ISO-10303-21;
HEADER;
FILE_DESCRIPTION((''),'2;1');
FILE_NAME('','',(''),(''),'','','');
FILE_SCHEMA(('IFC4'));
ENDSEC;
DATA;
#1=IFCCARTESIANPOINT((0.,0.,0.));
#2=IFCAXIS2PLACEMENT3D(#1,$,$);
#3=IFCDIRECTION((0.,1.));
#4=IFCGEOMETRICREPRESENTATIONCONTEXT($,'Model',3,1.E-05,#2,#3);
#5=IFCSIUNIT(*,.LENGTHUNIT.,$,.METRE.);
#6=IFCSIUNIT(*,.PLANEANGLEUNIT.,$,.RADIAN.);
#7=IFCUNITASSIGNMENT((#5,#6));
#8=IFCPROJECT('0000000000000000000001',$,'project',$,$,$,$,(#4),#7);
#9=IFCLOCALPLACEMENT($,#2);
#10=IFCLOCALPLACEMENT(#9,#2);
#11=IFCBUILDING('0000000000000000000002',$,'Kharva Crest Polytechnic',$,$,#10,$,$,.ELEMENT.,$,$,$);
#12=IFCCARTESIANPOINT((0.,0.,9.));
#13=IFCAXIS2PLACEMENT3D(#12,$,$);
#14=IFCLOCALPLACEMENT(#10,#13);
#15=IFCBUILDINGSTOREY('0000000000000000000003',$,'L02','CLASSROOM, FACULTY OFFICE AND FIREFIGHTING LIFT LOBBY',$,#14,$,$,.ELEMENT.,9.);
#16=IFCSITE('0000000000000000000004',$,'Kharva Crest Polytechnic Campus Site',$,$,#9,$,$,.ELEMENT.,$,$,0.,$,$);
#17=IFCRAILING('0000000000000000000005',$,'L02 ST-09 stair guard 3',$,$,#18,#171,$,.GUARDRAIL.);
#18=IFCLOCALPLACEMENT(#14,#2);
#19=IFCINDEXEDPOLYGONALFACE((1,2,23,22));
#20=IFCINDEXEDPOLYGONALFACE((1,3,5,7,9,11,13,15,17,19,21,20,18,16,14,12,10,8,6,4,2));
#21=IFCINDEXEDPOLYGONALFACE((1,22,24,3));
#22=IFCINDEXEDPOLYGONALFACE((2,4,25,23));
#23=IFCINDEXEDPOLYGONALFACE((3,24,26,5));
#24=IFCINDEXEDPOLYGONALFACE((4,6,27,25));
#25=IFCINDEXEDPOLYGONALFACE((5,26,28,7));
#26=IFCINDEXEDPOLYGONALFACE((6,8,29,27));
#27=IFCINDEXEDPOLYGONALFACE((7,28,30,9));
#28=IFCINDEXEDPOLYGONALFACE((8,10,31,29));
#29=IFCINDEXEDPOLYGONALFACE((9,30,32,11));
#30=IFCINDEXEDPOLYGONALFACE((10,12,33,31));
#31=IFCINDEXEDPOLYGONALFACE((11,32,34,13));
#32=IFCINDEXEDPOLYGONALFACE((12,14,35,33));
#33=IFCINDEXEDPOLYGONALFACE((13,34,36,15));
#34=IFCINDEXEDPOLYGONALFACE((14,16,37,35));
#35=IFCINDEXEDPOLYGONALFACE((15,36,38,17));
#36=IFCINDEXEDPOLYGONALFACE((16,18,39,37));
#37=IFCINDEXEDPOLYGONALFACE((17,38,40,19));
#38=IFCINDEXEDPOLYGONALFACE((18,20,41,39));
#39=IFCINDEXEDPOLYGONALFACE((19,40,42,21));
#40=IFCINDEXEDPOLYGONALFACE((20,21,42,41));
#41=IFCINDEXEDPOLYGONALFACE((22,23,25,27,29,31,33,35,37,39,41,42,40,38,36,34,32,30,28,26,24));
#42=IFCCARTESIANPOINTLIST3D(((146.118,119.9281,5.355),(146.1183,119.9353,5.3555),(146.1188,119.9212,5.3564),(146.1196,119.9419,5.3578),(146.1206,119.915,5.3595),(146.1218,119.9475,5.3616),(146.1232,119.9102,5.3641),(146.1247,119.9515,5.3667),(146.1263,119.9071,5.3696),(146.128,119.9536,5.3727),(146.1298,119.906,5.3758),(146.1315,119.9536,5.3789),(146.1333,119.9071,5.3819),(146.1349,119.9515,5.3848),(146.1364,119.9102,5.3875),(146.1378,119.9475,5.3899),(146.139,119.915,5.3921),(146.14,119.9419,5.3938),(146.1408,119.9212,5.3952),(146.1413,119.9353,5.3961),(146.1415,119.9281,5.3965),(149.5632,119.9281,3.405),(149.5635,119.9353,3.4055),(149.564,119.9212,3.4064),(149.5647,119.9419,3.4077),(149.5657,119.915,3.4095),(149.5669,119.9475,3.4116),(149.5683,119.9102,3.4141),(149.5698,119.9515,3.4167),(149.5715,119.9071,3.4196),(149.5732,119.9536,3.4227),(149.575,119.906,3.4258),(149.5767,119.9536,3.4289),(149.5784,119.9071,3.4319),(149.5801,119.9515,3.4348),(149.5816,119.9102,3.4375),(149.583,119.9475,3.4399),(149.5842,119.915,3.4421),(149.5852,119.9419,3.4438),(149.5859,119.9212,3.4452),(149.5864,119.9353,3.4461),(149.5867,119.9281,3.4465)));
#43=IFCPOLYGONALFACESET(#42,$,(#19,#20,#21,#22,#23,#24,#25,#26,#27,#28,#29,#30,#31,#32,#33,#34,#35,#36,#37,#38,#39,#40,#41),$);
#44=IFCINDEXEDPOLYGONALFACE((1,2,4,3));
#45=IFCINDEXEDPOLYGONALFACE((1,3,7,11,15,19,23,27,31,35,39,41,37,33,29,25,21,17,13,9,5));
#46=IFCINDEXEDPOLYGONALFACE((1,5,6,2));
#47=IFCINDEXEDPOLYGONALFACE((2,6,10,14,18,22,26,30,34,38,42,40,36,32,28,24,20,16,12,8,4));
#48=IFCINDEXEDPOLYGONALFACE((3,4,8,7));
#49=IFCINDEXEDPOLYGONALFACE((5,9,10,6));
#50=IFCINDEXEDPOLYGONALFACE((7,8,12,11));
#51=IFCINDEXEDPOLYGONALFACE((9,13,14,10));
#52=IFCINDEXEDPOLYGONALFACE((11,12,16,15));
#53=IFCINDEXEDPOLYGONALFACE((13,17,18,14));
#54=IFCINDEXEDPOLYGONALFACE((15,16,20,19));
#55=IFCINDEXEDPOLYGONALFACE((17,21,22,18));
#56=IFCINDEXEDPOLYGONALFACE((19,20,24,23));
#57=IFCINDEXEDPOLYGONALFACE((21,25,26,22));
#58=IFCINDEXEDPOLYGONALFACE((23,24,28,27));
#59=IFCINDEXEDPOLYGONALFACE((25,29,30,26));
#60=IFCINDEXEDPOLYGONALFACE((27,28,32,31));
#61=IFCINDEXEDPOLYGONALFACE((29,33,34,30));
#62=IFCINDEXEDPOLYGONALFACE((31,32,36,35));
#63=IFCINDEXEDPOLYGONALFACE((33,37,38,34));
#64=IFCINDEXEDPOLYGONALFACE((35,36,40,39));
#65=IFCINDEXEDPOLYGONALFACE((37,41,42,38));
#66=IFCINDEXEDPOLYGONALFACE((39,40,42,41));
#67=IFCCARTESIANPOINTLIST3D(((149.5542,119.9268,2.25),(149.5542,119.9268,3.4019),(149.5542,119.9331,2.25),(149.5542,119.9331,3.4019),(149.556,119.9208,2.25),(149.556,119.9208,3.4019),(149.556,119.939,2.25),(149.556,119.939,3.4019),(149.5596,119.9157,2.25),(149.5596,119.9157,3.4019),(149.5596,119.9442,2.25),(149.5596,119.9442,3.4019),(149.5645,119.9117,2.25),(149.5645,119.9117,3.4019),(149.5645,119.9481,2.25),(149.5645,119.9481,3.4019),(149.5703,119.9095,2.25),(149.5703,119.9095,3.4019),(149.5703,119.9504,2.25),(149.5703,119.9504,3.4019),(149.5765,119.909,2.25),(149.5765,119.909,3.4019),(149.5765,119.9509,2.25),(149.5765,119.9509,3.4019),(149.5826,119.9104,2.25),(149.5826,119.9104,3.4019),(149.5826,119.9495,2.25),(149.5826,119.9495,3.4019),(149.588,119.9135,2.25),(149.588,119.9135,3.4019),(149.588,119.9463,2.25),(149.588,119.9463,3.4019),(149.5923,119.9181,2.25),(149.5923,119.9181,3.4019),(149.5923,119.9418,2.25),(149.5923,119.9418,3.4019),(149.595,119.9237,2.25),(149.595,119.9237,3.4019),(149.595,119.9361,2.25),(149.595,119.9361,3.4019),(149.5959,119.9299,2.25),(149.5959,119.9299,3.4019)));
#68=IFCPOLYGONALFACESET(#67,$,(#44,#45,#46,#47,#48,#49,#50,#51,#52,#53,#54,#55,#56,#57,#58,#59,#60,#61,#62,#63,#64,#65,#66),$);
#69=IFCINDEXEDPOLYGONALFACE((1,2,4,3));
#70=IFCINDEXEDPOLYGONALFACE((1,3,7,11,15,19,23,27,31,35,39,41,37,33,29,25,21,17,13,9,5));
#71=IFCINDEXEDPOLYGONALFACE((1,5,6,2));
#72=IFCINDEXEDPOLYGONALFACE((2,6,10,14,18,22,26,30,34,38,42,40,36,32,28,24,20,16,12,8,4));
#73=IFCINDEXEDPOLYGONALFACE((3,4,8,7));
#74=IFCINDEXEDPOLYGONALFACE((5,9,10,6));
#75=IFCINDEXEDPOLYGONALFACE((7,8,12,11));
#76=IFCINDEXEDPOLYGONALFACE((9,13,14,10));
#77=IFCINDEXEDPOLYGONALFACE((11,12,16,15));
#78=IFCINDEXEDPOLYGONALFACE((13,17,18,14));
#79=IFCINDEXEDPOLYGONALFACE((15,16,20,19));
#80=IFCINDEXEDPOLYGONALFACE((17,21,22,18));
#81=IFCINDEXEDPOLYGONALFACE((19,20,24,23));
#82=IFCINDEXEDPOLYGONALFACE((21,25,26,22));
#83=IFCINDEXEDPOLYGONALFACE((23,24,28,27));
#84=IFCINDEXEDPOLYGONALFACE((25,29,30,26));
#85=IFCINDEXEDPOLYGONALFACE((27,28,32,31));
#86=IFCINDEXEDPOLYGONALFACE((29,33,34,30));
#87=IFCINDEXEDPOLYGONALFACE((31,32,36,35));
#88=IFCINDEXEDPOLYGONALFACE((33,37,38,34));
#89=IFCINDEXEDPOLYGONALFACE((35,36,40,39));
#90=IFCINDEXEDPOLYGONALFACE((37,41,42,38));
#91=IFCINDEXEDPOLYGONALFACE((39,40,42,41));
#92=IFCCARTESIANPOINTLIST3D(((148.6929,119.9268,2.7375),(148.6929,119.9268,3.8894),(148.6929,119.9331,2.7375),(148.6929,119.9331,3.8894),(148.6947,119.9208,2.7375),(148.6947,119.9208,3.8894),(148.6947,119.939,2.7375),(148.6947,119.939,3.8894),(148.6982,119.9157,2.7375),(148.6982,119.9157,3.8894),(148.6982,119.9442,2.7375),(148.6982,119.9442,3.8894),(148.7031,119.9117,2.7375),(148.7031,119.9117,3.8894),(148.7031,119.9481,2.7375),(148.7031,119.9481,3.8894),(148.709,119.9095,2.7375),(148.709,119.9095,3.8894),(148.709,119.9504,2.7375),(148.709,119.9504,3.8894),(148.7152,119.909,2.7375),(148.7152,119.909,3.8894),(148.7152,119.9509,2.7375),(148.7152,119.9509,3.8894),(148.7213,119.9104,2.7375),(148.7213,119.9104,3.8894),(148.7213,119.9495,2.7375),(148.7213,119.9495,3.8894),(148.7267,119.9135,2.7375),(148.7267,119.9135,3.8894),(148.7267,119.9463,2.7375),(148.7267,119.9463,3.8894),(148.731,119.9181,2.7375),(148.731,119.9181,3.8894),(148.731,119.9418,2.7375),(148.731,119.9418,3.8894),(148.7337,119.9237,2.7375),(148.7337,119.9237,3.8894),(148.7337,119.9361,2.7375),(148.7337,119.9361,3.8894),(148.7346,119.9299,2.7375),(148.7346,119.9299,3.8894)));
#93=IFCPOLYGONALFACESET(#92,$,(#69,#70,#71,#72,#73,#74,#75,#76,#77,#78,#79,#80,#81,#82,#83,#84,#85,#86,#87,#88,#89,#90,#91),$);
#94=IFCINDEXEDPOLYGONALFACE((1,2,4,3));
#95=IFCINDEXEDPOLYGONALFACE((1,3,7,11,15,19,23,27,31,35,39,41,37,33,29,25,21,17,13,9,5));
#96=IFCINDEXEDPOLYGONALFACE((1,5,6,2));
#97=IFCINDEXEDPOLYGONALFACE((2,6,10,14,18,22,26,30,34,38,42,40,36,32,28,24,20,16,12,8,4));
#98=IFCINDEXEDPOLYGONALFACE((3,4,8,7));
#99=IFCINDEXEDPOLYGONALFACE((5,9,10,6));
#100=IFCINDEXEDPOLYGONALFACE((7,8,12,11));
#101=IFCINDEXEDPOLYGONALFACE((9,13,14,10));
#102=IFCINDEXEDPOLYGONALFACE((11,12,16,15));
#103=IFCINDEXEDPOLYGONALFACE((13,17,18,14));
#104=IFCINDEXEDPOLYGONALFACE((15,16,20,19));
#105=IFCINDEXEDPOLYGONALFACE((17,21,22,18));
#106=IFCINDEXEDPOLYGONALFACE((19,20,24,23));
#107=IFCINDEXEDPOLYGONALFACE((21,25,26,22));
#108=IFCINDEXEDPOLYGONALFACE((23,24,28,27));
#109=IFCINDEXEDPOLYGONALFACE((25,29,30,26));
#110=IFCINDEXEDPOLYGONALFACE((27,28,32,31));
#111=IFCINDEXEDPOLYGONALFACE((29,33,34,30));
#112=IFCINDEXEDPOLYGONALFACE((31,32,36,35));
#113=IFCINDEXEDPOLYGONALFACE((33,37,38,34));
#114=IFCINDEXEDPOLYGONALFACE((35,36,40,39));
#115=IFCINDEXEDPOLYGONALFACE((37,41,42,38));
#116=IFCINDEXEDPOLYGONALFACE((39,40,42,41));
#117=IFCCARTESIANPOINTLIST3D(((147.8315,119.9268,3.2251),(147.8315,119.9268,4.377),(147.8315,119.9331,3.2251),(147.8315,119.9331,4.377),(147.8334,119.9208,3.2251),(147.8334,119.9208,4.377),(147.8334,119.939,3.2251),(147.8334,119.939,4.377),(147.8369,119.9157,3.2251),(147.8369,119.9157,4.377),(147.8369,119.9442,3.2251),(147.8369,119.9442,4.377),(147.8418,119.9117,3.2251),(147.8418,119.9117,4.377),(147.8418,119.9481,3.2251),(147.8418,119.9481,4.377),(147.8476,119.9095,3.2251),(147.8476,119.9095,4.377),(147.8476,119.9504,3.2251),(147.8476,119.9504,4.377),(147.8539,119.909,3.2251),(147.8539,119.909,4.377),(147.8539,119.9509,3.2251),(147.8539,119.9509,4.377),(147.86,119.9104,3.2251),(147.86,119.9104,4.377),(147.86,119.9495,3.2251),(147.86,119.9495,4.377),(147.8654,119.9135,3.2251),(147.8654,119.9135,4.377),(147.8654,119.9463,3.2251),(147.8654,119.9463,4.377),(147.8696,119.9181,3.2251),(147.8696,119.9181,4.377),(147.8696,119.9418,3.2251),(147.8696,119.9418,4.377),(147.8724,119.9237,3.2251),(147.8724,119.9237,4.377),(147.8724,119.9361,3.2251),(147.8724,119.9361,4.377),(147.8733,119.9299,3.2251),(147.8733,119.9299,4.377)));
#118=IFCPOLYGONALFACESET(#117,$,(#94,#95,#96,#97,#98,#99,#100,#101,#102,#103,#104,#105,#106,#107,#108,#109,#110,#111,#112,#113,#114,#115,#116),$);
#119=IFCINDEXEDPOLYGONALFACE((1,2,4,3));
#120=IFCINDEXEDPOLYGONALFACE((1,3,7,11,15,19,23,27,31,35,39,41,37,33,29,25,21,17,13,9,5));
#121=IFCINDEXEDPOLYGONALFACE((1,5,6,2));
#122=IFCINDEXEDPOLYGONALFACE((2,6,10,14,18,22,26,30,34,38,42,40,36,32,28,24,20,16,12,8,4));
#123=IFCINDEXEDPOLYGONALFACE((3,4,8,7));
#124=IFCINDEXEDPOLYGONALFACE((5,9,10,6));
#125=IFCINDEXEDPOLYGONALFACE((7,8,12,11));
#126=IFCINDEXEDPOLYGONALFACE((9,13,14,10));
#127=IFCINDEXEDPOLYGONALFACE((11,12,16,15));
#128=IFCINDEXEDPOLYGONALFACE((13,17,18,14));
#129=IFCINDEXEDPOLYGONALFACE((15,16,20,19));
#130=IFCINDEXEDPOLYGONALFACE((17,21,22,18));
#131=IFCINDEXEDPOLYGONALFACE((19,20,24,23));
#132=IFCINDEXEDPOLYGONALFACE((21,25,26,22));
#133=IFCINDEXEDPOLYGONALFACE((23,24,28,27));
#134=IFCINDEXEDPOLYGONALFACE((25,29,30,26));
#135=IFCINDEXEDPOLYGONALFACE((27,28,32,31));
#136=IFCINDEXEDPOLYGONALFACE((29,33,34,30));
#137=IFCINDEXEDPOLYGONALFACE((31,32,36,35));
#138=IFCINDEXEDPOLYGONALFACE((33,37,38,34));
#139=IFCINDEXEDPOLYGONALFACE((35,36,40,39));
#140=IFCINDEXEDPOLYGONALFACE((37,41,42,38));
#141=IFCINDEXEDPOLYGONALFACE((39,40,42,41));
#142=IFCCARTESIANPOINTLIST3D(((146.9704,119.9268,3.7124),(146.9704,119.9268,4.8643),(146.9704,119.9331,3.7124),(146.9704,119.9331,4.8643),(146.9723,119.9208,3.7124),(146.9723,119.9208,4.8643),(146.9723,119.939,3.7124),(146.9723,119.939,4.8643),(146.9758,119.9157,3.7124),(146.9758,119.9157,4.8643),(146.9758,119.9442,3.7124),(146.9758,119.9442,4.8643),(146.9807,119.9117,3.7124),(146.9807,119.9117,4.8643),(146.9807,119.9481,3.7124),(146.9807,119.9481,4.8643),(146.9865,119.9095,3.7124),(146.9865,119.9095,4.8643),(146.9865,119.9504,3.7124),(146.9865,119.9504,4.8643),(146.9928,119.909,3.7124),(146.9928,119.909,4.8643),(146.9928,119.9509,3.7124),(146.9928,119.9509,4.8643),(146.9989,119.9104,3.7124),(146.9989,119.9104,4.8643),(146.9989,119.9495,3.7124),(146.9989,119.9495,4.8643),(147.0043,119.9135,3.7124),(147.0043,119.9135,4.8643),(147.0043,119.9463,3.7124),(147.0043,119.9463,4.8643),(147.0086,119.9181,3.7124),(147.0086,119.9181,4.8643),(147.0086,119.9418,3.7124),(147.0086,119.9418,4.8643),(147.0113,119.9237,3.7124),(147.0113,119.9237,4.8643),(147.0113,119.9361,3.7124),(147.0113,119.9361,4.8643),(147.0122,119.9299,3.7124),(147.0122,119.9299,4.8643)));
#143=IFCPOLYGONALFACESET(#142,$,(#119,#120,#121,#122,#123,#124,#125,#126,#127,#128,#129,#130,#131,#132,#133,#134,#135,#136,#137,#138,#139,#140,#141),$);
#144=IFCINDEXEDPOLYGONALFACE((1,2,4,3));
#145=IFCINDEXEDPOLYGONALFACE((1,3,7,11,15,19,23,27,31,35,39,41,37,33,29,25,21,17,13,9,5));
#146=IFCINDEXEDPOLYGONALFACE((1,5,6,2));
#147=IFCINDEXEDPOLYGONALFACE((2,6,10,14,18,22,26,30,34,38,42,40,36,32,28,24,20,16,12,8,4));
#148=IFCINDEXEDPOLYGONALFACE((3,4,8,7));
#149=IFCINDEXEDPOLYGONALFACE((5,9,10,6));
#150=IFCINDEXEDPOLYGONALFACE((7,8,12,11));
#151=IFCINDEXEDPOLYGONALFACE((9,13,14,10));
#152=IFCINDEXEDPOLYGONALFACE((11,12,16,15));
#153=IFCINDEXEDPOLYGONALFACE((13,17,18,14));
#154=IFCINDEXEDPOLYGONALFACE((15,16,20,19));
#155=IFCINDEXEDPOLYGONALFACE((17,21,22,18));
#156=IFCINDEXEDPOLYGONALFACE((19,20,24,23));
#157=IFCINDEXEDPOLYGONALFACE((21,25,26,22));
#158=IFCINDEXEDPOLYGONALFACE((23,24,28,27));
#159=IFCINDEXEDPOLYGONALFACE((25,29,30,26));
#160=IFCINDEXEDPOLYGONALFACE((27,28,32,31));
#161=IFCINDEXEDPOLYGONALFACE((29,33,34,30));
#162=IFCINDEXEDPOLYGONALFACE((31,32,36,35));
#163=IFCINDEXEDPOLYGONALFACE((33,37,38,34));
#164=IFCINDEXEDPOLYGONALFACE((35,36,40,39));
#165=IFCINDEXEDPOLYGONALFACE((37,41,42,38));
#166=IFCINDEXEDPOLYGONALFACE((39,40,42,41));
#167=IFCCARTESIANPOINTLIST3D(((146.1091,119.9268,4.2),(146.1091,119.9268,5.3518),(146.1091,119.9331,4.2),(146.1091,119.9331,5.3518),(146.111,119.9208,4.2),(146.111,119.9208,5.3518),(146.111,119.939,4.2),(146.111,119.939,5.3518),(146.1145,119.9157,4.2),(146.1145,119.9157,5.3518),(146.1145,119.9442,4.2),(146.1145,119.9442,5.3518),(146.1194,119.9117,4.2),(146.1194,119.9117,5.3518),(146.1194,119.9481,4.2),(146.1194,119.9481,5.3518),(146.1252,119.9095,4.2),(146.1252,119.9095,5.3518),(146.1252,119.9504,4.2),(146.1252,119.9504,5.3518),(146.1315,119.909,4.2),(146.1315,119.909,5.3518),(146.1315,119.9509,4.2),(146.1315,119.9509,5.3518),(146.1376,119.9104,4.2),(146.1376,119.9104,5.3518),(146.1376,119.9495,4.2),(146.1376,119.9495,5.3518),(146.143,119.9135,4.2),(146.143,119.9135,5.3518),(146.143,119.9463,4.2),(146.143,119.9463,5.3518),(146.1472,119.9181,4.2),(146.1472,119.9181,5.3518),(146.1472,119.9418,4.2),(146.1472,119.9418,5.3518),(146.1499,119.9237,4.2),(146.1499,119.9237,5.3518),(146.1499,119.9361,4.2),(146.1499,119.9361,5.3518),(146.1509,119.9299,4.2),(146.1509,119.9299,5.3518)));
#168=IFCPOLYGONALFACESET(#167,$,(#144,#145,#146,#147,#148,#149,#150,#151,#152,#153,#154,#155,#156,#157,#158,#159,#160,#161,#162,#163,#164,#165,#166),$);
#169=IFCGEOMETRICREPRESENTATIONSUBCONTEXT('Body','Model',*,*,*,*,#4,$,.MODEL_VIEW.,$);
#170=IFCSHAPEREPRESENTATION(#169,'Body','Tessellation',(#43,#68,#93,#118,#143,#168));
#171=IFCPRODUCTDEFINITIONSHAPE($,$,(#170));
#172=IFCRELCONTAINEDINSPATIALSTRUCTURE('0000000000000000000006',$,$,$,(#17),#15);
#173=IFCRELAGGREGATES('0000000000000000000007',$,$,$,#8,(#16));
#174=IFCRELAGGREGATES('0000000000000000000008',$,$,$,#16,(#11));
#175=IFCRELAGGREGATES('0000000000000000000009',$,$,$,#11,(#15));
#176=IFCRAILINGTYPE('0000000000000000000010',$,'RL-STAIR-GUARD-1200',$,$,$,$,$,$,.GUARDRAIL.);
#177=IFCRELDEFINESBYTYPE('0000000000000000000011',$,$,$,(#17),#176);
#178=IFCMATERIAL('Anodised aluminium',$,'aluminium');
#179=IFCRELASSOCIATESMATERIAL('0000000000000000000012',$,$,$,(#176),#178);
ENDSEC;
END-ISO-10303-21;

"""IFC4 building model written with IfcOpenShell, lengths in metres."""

from ifc_helpers import new_model, si_unit, direction, frame, origin, origin_2d, place, context, subcontext, project, spatial, circle, extrude, material, type_object, element, save


model = new_model("IFC4")

# Units and contexts
model_context = context("Model", 3, precision=1e-05, world=origin(), true_north=direction((0.0, 1.0)))
body_context = subcontext(model_context, "Body", "Model", "MODEL_VIEW")
ifc_project = project(units=[si_unit("LENGTHUNIT", "METRE"), si_unit("PLANEANGLEUNIT", "RADIAN")], contexts=[model_context])

# Site, building, storey
site_placement = place(None, origin())
site = spatial("IfcSite", under=ifc_project, at=site_placement, Name="Kharva Crest Polytechnic Campus Site", CompositionType="ELEMENT", RefElevation=0.0)
building_placement = place(site_placement, origin())
building = spatial("IfcBuilding", under=site, at=building_placement, Name="Kharva Crest Polytechnic", CompositionType="ELEMENT")
storey_placement = place(building_placement, frame((0.0, 0.0, 9.0)))
storey = spatial("IfcBuildingStorey", under=building, at=storey_placement, Name="L02", Description="CLASSROOM, FACULTY OFFICE AND FIREFIGHTING LIFT LOBBY", CompositionType="ELEMENT", Elevation=9.0)

# Railing
ifc_material_1 = material(Name="Anodised aluminium", Category="aluminium")
railing_type_1 = type_object("IfcRailingType", Name="RL-STAIR-GUARD-1200", PredefinedType="GUARDRAIL", material=ifc_material_1)
railing_1_placement = place(storey_placement, frame((149.575, 119.9299, 2.25)))
element("IfcRailing", 1, at=railing_1_placement, inside=storey, type_object=railing_type_1, Name="L02 ST-09 stair guard 3", PredefinedType="GUARDRAIL", context=body_context, shape_type="SweptSolid", body=[
    extrude(circle(Radius=0.0239, at=origin_2d()), frame((0.0, 0.0, 1.1758), z_axis=(-0.870266, 0.0, 0.492581), x_axis=(0.0, -1.0, 0.0)), (0.0, 0.0, 1.0), 3.9587),
    extrude(circle(Radius=0.021, at=origin_2d()), origin(), (0.0, 0.0, 1.0), 1.1519),
    extrude(circle(Radius=0.021, at=origin_2d()), frame((-0.8613, 0.0, 0.4875)), (0.0, 0.0, 1.0), 1.1519),
    extrude(circle(Radius=0.021, at=origin_2d()), frame((-1.7227, 0.0, 0.9751)), (0.0, 0.0, 1.0), 1.1519),
    extrude(circle(Radius=0.021, at=origin_2d()), frame((-2.5837, 0.0, 1.4624)), (0.0, 0.0, 1.0), 1.1519),
    extrude(circle(Radius=0.021, at=origin_2d()), frame((-3.4451, 0.0, 1.95)), (0.0, 0.0, 1.0), 1.1519),
])

save(model, "model.ifc")
